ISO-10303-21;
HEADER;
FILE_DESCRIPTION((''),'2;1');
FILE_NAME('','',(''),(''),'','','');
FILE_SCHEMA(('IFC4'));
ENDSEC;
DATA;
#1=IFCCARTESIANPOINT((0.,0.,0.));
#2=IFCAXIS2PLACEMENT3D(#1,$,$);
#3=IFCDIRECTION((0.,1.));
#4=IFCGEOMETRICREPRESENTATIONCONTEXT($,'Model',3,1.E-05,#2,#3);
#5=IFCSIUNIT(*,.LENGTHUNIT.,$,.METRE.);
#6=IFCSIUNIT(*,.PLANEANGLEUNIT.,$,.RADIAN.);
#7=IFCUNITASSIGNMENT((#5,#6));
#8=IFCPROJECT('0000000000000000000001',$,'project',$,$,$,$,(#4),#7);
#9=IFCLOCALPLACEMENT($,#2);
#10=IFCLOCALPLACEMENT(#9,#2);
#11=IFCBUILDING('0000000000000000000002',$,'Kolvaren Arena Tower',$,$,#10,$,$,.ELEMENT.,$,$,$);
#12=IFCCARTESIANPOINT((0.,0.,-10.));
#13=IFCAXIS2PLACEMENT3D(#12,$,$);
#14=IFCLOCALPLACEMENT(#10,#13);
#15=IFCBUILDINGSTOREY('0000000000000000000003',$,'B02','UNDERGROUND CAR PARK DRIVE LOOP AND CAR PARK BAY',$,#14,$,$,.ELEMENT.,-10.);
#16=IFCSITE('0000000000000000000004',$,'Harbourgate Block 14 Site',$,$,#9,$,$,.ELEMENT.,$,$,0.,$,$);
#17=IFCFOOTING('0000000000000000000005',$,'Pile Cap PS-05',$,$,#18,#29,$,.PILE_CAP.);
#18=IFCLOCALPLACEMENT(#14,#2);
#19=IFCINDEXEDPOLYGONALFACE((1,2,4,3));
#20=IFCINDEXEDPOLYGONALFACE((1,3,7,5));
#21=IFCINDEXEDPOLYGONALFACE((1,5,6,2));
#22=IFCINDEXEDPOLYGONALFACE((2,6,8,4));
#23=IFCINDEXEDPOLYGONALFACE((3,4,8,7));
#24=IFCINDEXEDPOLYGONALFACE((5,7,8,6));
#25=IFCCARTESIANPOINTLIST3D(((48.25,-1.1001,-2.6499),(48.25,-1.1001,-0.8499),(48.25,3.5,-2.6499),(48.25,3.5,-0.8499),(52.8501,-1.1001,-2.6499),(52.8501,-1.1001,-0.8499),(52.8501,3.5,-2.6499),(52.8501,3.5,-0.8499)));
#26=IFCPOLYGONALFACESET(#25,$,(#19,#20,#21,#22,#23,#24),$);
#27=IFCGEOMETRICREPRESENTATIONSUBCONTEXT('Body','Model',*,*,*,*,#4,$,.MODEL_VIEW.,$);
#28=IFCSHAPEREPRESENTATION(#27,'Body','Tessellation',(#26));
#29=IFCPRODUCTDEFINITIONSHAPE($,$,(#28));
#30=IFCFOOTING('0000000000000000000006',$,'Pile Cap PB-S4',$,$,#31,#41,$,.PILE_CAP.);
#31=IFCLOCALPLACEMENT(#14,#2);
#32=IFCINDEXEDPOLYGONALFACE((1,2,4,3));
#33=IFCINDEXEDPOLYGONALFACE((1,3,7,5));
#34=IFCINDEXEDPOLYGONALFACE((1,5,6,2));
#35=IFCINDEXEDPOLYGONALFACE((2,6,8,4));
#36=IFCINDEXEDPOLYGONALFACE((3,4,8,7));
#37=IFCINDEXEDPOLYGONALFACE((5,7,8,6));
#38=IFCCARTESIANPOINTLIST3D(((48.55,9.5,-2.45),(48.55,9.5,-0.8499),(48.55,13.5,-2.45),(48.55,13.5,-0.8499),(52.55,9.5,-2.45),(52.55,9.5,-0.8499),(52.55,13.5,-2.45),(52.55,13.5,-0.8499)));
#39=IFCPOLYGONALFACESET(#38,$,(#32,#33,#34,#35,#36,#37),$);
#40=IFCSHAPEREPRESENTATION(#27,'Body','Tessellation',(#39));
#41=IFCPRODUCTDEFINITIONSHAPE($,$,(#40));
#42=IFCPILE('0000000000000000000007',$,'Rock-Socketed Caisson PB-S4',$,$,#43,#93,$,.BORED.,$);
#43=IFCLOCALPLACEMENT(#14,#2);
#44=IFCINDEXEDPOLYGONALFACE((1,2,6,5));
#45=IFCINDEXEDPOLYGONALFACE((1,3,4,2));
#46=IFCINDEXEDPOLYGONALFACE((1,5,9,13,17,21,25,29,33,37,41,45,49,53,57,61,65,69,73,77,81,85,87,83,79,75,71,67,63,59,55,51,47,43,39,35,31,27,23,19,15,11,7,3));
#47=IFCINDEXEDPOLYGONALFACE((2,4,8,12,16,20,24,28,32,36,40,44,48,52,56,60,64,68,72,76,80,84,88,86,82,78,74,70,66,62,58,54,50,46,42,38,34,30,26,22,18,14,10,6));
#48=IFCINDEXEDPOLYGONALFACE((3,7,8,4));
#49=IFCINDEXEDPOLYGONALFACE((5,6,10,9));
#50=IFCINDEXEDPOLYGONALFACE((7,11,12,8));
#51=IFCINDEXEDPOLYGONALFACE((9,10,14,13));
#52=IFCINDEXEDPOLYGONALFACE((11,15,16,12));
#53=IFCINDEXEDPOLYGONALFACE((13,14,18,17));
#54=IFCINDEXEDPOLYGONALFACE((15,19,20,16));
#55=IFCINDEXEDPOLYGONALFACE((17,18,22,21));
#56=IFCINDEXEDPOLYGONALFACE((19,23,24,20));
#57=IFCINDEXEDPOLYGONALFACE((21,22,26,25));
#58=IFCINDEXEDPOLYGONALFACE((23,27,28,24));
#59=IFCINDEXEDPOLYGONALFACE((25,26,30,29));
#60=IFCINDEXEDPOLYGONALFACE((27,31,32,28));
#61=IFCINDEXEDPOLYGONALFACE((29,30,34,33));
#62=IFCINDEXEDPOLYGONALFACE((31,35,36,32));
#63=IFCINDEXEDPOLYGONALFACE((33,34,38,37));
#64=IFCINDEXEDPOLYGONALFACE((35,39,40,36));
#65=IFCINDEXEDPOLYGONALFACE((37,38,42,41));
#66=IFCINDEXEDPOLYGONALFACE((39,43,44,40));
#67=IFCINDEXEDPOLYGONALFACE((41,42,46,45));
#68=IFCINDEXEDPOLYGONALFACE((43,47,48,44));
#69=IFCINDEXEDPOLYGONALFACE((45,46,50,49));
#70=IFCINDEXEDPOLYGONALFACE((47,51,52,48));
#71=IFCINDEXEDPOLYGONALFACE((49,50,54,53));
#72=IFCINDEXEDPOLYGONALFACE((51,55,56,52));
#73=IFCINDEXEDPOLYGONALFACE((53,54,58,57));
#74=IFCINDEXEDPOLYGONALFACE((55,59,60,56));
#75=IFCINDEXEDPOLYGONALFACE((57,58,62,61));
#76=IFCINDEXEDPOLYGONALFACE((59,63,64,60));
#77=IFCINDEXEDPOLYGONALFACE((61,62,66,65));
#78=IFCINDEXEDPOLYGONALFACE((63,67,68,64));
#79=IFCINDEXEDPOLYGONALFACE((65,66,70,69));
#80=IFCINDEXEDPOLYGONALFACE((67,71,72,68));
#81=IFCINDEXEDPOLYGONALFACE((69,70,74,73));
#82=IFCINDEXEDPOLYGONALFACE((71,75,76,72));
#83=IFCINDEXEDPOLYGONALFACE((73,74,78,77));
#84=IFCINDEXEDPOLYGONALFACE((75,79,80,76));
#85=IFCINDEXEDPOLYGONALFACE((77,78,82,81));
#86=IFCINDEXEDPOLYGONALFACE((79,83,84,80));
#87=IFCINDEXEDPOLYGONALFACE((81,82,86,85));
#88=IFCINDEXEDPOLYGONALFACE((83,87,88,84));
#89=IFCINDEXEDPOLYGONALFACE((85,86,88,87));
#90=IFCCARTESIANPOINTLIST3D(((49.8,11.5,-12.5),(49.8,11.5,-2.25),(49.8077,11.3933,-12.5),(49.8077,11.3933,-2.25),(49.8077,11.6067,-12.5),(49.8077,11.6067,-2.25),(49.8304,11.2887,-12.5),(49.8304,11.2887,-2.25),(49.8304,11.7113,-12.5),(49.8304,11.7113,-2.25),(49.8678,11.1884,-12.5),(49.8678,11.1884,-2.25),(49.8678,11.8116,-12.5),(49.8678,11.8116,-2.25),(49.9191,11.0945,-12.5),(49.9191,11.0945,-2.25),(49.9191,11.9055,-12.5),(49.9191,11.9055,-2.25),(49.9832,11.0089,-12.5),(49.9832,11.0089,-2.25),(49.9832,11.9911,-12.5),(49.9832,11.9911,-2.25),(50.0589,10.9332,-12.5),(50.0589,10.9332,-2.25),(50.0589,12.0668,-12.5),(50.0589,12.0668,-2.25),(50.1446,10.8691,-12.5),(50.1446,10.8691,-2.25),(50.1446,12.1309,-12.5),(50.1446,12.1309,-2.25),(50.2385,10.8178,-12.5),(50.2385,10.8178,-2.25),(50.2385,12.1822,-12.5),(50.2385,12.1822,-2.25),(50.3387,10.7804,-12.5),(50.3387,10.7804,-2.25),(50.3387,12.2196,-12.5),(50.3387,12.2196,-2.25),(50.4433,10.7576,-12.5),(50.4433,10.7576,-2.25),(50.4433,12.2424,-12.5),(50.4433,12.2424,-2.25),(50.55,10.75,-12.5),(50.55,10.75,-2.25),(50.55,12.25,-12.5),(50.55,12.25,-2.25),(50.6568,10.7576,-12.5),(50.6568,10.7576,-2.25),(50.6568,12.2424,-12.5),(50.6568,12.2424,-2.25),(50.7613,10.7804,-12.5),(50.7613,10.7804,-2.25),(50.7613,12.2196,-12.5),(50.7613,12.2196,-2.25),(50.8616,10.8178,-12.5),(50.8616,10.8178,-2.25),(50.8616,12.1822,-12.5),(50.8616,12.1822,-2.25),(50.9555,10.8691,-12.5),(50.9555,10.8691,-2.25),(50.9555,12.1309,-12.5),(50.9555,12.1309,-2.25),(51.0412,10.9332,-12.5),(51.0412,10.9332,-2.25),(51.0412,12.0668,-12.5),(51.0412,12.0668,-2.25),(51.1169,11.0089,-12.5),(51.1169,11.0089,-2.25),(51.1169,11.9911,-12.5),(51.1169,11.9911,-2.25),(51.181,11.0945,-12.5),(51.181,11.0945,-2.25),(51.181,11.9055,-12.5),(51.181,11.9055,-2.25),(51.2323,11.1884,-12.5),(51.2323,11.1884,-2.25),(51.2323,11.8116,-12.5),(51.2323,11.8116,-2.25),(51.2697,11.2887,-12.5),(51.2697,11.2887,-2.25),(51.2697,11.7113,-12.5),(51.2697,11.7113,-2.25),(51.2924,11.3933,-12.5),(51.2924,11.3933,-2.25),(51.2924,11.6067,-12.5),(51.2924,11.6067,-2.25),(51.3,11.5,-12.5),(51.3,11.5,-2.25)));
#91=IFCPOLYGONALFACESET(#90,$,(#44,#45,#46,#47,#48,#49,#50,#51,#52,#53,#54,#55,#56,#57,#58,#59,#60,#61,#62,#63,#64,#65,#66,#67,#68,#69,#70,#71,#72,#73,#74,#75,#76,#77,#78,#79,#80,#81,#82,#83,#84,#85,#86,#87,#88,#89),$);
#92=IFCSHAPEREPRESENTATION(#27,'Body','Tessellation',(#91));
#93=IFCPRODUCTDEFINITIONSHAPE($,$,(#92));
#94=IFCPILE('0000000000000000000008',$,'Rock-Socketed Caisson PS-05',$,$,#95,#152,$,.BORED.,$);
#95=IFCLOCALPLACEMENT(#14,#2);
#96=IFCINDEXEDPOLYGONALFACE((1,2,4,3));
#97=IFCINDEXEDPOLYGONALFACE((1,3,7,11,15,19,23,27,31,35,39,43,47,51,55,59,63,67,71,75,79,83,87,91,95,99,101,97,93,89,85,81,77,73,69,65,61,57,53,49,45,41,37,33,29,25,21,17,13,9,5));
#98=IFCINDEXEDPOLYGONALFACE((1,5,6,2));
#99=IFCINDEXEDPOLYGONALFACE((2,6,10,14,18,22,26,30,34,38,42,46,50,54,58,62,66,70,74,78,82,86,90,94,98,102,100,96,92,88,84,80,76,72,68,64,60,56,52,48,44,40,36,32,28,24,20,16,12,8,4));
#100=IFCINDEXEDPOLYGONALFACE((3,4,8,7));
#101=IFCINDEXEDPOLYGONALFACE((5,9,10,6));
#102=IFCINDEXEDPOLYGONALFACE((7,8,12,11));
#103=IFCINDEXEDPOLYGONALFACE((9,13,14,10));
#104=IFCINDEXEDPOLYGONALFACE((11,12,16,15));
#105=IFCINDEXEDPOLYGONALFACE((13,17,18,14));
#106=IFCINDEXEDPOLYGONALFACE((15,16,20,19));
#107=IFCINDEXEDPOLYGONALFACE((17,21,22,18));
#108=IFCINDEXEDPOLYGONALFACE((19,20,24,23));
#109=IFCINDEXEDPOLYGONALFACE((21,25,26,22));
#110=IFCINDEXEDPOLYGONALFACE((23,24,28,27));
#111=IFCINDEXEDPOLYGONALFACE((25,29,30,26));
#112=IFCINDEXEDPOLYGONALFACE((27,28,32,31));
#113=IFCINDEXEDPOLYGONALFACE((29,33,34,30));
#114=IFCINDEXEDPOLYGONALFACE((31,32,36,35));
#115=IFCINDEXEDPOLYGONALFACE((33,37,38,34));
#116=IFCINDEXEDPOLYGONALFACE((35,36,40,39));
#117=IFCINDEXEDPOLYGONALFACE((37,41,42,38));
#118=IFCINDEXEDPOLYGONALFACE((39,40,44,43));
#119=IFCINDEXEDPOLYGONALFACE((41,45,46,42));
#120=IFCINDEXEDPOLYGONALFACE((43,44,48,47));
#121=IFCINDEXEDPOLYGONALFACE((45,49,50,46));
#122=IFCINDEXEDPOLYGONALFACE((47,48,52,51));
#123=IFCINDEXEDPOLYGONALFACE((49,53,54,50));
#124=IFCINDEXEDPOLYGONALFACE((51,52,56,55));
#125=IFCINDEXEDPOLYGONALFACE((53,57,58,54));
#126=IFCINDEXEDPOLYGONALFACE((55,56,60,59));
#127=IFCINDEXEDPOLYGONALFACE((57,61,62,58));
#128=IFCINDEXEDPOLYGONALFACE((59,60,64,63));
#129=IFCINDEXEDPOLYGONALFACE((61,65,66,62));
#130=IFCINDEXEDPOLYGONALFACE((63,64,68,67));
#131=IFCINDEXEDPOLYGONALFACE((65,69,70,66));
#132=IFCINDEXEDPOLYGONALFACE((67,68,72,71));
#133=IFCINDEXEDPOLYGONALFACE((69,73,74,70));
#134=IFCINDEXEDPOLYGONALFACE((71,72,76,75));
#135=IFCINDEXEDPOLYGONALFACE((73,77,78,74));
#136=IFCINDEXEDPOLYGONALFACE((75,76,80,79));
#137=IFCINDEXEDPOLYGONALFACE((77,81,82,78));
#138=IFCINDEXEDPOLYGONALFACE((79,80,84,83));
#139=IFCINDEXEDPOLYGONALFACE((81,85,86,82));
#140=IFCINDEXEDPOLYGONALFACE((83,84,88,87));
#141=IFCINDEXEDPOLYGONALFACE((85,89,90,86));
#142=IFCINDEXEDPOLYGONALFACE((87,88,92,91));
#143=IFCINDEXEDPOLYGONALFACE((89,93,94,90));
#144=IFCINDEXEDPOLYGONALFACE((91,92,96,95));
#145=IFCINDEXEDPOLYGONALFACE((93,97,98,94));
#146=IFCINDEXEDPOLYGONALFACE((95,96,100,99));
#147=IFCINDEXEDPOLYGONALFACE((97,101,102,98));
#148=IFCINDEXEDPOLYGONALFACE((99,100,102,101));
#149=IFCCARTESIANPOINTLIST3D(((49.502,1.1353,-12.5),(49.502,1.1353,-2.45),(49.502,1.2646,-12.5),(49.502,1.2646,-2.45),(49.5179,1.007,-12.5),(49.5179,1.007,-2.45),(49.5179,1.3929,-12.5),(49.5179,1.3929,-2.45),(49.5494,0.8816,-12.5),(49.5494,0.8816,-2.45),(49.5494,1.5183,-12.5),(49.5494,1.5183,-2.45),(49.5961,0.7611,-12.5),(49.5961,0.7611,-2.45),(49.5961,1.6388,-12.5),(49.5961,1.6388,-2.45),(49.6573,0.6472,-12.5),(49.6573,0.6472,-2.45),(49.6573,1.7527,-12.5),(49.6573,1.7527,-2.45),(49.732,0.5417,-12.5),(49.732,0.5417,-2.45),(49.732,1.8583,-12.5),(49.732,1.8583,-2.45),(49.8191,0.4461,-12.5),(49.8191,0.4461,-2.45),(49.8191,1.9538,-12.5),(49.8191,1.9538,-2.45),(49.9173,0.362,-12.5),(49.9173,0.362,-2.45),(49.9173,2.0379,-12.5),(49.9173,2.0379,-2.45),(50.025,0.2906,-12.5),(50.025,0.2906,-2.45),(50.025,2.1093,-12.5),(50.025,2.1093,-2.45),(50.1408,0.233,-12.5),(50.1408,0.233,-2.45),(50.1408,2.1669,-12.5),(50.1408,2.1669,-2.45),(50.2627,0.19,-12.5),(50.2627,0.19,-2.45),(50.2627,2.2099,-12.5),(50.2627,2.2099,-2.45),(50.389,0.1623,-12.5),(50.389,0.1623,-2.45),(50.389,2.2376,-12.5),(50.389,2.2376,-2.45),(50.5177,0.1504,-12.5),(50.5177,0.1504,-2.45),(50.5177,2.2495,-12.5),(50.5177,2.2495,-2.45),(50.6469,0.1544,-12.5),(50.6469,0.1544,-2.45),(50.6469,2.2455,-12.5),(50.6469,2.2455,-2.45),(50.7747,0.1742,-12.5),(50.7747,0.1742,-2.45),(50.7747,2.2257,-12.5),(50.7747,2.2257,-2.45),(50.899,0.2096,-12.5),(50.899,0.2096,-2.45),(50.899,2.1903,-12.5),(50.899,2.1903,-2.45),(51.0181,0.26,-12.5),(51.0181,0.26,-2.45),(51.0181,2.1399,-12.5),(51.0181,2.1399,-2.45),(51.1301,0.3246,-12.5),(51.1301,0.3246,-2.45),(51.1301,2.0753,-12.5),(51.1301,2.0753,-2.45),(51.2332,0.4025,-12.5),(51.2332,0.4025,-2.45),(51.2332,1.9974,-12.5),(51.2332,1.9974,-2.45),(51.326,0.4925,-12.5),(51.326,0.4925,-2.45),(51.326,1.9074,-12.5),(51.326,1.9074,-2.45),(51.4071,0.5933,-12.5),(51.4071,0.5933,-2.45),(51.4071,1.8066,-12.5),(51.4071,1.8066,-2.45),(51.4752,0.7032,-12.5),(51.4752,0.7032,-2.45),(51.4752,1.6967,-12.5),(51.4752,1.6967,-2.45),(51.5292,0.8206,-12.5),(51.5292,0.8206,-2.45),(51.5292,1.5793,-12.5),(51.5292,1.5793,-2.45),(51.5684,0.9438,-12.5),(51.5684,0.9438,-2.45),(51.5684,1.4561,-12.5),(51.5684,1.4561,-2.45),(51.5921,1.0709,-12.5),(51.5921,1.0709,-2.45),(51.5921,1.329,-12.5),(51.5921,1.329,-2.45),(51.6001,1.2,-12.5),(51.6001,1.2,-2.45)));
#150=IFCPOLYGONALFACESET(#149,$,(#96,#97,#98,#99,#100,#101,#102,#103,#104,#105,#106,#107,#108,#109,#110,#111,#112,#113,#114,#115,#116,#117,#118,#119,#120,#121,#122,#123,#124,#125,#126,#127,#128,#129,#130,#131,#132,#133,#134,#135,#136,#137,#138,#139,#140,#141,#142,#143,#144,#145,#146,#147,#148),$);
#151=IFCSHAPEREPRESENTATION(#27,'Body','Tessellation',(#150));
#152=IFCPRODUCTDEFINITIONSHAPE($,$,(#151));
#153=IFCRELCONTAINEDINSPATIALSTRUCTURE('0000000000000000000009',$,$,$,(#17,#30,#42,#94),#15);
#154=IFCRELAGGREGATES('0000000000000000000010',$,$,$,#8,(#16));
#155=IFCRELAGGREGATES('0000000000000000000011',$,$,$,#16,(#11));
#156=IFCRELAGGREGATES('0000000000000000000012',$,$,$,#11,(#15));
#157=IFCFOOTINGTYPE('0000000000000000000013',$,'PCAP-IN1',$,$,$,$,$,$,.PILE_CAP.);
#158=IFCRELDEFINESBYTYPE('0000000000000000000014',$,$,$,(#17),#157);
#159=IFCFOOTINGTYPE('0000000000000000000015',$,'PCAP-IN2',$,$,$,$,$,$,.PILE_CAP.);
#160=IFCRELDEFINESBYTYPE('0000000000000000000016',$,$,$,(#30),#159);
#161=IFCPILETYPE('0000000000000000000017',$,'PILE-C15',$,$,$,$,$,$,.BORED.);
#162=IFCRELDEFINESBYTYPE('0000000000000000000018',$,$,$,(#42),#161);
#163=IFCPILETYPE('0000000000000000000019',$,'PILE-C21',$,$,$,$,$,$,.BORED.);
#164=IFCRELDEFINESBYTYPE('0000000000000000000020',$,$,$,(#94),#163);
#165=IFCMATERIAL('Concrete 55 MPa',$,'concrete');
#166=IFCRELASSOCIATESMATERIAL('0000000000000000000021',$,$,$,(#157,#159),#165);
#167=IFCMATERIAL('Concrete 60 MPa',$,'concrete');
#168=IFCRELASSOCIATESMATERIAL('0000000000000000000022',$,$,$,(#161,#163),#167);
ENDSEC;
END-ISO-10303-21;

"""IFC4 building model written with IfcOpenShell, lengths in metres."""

from ifc_helpers import new_model, si_unit, direction, frame, origin, origin_2d, place, context, subcontext, project, spatial, rectangle, circle, extrude, material, material_profile, profile_set, type_object, element, save


model = new_model("IFC4")

# Units and contexts
model_context = context("Model", 3, precision=1e-05, world=origin(), true_north=direction((0.0, 1.0)))
body_context = subcontext(model_context, "Body", "Model", "MODEL_VIEW")
ifc_project = project(units=[si_unit("LENGTHUNIT", "METRE"), si_unit("PLANEANGLEUNIT", "RADIAN")], contexts=[model_context])

# Site, building, storey
site_placement = place(None, origin())
site = spatial("IfcSite", under=ifc_project, at=site_placement, Name="Harbourgate Block 14 Site", CompositionType="ELEMENT", RefElevation=0.0)
building_placement = place(site_placement, origin())
building = spatial("IfcBuilding", under=site, at=building_placement, Name="Kolvaren Arena Tower", CompositionType="ELEMENT")
storey_placement = place(building_placement, frame((0.0, 0.0, -10.0)))
storey = spatial("IfcBuildingStorey", under=building, at=storey_placement, Name="B02", Description="UNDERGROUND CAR PARK DRIVE LOOP AND CAR PARK BAY", CompositionType="ELEMENT", Elevation=-10.0)

# Footings
ifc_material_1 = material(Name="Concrete 55 MPa", Category="concrete")
footing_type_1 = type_object("IfcFootingType", Name="PCAP-IN1", PredefinedType="PILE_CAP", material=ifc_material_1)
footing_1_placement = place(storey_placement, frame((50.55, 1.2, -2.6499), z_axis=(0.0, 0.0, 1.0), x_axis=(1.0, 0.0, 0.0)))
element("IfcFooting", 1, at=footing_1_placement, inside=storey, type_object=footing_type_1, Name="Pile Cap PS-05", PredefinedType="PILE_CAP", context=body_context, shape_type="SweptSolid", body=[
    extrude(rectangle(XDim=4.6001, YDim=4.6001, at=origin_2d()), origin(), (0.0, 0.0, 1.0), 1.8),
])
footing_type_2 = type_object("IfcFootingType", Name="PCAP-IN2", PredefinedType="PILE_CAP", material=ifc_material_1)
footing_2_placement = place(storey_placement, frame((50.55, 11.5, -2.45), z_axis=(0.0, 0.0, 1.0), x_axis=(1.0, 0.0, 0.0)))
element("IfcFooting", 2, at=footing_2_placement, inside=storey, type_object=footing_type_2, Name="Pile Cap PB-S4", PredefinedType="PILE_CAP", context=body_context, shape_type="SweptSolid", body=[
    extrude(rectangle(XDim=4.0, YDim=4.0, at=origin_2d()), origin(), (0.0, 0.0, 1.0), 1.6001),
])

# Piles
ifc_material_2 = material(Name="Concrete 60 MPa", Category="concrete")
ifc_material_profile_1 = material_profile(ifc_material_2, circle(Radius=0.75, at=origin_2d()), Name="CAISSON-D1500")
ifc_profile_set_1 = profile_set([ifc_material_profile_1], Name="Concrete 60 MPa")
pile_type_1 = type_object("IfcPileType", Name="PILE-C15", PredefinedType="BORED", material=ifc_profile_set_1)
pile_1_placement = place(storey_placement, frame((50.55, 11.5, -2.25), z_axis=(0.0, 0.0, -1.0), x_axis=(1.0, 0.0, 0.0)))
element("IfcPile", 3, at=pile_1_placement, inside=storey, type_object=pile_type_1, Name="Rock-Socketed Caisson PB-S4", PredefinedType="BORED", context=body_context, shape_type="SweptSolid", body=[
    extrude(circle(Radius=0.75, at=origin_2d()), origin(), (0.0, 0.0, 1.0), 10.25),
])
ifc_material_profile_2 = material_profile(ifc_material_2, circle(Radius=1.05, at=origin_2d()), Name="CAISSON-D2100")
ifc_profile_set_2 = profile_set([ifc_material_profile_2], Name="Concrete 60 MPa")
pile_type_2 = type_object("IfcPileType", Name="PILE-C21", PredefinedType="BORED", material=ifc_profile_set_2)
pile_2_placement = place(storey_placement, frame((50.55, 1.2, -2.45), z_axis=(0.0, 0.0, -1.0), x_axis=(1.0, 0.0, 0.0)))
element("IfcPile", 4, at=pile_2_placement, inside=storey, type_object=pile_type_2, Name="Rock-Socketed Caisson PS-05", PredefinedType="BORED", context=body_context, shape_type="SweptSolid", body=[
    extrude(circle(Radius=1.05, at=origin_2d()), origin(), (0.0, 0.0, 1.0), 10.05),
])

save(model, "model.ifc")
